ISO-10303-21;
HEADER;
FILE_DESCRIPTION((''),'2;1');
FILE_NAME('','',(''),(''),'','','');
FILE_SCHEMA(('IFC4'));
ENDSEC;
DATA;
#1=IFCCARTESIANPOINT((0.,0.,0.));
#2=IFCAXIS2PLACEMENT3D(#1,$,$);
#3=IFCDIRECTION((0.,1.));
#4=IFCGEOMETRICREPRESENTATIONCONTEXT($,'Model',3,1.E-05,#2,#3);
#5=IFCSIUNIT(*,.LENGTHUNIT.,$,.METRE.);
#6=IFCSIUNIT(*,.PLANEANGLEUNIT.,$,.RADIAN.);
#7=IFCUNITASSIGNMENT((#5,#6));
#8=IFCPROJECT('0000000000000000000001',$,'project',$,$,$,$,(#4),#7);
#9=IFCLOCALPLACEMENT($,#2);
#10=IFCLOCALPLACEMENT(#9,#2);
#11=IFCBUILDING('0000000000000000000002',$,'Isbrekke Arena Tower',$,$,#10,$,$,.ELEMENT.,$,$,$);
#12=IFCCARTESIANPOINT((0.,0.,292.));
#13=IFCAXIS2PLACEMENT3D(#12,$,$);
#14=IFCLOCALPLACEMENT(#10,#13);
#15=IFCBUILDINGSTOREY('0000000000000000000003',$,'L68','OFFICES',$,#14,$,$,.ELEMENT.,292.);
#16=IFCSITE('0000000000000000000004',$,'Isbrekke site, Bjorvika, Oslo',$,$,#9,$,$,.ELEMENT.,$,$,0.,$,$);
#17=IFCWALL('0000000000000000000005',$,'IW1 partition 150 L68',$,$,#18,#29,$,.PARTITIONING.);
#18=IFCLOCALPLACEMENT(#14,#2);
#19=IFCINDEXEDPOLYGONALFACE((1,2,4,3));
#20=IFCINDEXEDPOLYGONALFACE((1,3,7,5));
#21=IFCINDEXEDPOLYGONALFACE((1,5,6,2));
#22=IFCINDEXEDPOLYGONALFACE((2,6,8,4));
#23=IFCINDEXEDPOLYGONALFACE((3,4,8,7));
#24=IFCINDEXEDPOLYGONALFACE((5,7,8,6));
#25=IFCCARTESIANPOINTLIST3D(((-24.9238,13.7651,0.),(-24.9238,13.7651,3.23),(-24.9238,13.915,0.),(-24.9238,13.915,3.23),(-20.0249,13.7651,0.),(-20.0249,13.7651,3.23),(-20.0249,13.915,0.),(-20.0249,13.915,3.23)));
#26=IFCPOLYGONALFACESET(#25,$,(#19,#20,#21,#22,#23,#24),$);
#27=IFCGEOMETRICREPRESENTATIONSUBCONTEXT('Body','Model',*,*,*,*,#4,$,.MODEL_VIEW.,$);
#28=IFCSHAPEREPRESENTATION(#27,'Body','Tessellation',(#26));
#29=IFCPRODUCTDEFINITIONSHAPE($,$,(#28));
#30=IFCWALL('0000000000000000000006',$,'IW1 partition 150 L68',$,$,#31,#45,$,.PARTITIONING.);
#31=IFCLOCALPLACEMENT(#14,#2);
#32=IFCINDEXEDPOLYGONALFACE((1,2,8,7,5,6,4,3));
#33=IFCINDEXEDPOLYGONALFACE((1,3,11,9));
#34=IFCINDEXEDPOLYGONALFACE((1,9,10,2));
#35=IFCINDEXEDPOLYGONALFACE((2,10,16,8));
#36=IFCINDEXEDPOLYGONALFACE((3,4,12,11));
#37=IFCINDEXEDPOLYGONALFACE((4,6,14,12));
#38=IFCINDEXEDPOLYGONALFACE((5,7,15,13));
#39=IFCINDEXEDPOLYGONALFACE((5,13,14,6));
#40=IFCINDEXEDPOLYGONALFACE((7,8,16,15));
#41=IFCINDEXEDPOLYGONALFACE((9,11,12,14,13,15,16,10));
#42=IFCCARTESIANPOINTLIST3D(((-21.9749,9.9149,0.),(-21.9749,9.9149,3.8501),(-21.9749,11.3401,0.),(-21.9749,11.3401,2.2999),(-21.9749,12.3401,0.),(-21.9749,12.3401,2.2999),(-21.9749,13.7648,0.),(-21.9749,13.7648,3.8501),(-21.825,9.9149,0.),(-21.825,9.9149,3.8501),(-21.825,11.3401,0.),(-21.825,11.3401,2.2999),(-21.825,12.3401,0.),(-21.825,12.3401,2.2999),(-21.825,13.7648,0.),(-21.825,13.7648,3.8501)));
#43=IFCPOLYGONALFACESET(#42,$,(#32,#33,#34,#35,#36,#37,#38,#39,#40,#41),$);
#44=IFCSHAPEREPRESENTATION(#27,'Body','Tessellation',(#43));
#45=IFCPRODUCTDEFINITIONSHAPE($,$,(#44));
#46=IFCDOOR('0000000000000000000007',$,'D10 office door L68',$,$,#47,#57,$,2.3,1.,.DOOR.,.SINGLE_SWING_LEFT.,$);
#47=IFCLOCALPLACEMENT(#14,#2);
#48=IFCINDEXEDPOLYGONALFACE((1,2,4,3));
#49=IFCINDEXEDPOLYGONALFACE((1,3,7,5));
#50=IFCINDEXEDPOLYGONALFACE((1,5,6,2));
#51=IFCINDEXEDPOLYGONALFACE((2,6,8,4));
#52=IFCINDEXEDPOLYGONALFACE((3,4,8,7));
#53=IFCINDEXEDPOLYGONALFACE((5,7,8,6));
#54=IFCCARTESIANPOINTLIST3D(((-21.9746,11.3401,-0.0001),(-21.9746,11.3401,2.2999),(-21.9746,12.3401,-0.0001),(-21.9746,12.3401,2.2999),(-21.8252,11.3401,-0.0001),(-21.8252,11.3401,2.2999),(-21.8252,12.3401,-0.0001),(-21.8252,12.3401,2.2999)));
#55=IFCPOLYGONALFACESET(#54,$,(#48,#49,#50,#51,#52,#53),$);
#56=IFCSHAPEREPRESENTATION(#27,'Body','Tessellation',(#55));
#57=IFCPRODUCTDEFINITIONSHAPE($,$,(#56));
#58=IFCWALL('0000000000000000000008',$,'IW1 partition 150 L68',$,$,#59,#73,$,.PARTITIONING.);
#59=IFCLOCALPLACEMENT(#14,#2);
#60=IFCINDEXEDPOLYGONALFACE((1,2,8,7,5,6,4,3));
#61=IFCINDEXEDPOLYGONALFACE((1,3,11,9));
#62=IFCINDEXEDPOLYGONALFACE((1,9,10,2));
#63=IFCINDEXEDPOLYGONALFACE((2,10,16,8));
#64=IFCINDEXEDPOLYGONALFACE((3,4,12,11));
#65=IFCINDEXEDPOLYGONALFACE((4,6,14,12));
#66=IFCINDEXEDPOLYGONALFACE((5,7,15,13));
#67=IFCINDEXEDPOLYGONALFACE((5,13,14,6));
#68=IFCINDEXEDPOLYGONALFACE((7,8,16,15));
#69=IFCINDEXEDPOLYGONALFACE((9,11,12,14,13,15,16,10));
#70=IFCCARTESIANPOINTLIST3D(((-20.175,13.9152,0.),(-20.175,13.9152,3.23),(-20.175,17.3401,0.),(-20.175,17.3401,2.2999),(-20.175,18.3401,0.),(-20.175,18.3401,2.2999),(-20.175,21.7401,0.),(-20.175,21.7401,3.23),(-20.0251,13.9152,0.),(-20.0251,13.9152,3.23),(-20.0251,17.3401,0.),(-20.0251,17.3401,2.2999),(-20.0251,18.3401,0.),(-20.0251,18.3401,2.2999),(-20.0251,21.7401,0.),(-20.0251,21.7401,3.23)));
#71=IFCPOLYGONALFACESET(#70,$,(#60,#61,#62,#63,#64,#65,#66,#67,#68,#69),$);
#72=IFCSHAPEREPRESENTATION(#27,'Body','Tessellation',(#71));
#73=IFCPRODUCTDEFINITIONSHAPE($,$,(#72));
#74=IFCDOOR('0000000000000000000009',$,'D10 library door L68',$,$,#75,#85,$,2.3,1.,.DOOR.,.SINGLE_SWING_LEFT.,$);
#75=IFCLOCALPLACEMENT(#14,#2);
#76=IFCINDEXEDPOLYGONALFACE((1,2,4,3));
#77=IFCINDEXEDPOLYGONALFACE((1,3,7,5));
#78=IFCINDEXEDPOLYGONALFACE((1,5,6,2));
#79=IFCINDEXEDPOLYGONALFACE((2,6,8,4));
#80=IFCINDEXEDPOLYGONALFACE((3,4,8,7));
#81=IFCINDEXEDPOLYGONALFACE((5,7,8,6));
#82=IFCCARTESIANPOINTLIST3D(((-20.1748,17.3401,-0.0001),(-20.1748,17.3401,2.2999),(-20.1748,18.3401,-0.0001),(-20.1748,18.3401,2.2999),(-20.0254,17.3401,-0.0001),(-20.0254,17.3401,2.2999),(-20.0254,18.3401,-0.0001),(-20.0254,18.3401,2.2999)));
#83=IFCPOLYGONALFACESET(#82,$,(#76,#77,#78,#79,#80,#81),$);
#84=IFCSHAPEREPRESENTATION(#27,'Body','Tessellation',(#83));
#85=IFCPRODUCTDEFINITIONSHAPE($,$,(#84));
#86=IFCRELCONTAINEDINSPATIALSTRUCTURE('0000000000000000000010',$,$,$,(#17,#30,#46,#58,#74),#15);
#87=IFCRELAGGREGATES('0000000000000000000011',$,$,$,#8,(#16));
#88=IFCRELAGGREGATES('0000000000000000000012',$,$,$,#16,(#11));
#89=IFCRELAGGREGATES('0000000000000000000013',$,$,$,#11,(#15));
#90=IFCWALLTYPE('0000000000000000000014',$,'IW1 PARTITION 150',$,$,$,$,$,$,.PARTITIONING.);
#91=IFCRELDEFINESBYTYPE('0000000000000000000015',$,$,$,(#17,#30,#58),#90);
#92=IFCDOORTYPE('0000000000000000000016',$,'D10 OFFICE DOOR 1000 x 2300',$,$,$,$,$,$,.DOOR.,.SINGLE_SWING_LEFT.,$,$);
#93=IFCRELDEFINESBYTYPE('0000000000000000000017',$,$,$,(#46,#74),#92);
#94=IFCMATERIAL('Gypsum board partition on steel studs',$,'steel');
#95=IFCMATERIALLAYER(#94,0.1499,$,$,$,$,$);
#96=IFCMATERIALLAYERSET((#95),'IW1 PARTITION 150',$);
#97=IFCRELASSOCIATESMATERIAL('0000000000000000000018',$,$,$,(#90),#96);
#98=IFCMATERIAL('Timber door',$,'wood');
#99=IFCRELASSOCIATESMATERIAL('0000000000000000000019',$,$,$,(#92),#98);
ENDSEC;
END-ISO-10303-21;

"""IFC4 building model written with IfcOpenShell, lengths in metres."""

from ifc_helpers import new_model, si_unit, direction, frame, frame_2d, origin, place, context, subcontext, project, spatial, rectangle, extrude, material, layer, layer_set, type_object, element, fill, save


model = new_model("IFC4")

# Units and contexts
model_context = context("Model", 3, precision=1e-05, world=origin(), true_north=direction((0.0, 1.0)))
body_context = subcontext(model_context, "Body", "Model", "MODEL_VIEW")
ifc_project = project(units=[si_unit("LENGTHUNIT", "METRE"), si_unit("PLANEANGLEUNIT", "RADIAN")], contexts=[model_context])

# Site, building, storey
site_placement = place(None, origin())
site = spatial("IfcSite", under=ifc_project, at=site_placement, Name="Isbrekke site, Bjorvika, Oslo", CompositionType="ELEMENT", RefElevation=0.0)
building_placement = place(site_placement, origin())
building = spatial("IfcBuilding", under=site, at=building_placement, Name="Isbrekke Arena Tower", CompositionType="ELEMENT")
storey_placement = place(building_placement, frame((0.0, 0.0, 292.0)))
storey = spatial("IfcBuildingStorey", under=building, at=storey_placement, Name="L68", Description="OFFICES", CompositionType="ELEMENT", Elevation=292.0)

# Wall
ifc_material_1 = material(Name="Gypsum board partition on steel studs", Category="steel")
ifc_layer_1 = layer(ifc_material_1, 0.1499)
ifc_layer_set_1 = layer_set([ifc_layer_1], Name="IW1 PARTITION 150")
wall_type = type_object("IfcWallType", Name="IW1 PARTITION 150", PredefinedType="PARTITIONING", material=ifc_layer_set_1)
wall_1_placement = place(storey_placement, frame((-24.9238, 13.8401, 0.0), z_axis=(0.0, 0.0, 1.0), x_axis=(1.0, 0.0, 0.0)))
element("IfcWall", 1, at=wall_1_placement, inside=storey, type_object=wall_type, Name="IW1 partition 150 L68", PredefinedType="PARTITIONING", context=body_context, shape_type="SweptSolid", body=[
    extrude(rectangle(XDim=4.8989, YDim=0.1499, at=frame_2d((2.4495, 0.0))), origin(), (0.0, 0.0, 1.0), 3.23),
])

# Walls, openings, doors
wall_2_placement = place(storey_placement, frame((-21.8999, 9.915, 0.0), z_axis=(0.0, 0.0, 1.0), x_axis=(0.0, 1.0, 0.0)))
wall_2 = element("IfcWall", 2, at=wall_2_placement, inside=storey, type_object=wall_type, Name="IW1 partition 150 L68", PredefinedType="PARTITIONING", context=body_context, shape_type="SweptSolid", body=[
    extrude(rectangle(XDim=3.8499, YDim=0.1499, at=frame_2d((1.9248, 0.0))), origin(), (0.0, 0.0, 1.0), 3.8501),
])
opening_1_placement = place(wall_2_placement, frame((1.425, 0.0, 0.0)))
opening_1 = element("IfcOpeningElement", 3, at=opening_1_placement, cuts=wall_2, PredefinedType="OPENING", context=body_context, shape_type="SweptSolid", body=[
    extrude(rectangle(XDim=1.0, YDim=2.3, at=frame_2d((0.5, 1.1499))), frame((0.0, 0.0898, 0.0), z_axis=(0.0, -1.0, 0.0), x_axis=(1.0, 0.0, 0.0)), (0.0, 0.0, 1.0), 0.1797),
])
ifc_material_2 = material(Name="Timber door", Category="wood")
door_type = type_object("IfcDoorType", Name="D10 OFFICE DOOR 1000 x 2300", OperationType="SINGLE_SWING_LEFT", PredefinedType="DOOR", material=ifc_material_2)
door_1_placement = place(opening_1_placement, origin())
door_1 = element("IfcDoor", 4, at=door_1_placement, inside=storey, type_object=door_type, Name="D10 office door L68", OperationType="SINGLE_SWING_LEFT", OverallHeight=2.3, OverallWidth=1.0, PredefinedType="DOOR", context=body_context, shape_type="SweptSolid", body=[
    extrude(rectangle(XDim=1.0, YDim=2.3, at=frame_2d((0.5, 1.1499))), frame((0.0, 0.0747, 0.0), z_axis=(0.0, -1.0, 0.0), x_axis=(1.0, 0.0, 0.0)), (0.0, 0.0, 1.0), 0.1494),
])
fill(opening_1, door_1)
wall_3_placement = place(storey_placement, frame((-20.1001, 13.915, 0.0), z_axis=(0.0, 0.0, 1.0), x_axis=(0.0, 1.0, 0.0)))
wall_3 = element("IfcWall", 5, at=wall_3_placement, inside=storey, type_object=wall_type, Name="IW1 partition 150 L68", PredefinedType="PARTITIONING", context=body_context, shape_type="SweptSolid", body=[
    extrude(rectangle(XDim=7.825, YDim=0.1499, at=frame_2d((3.9126, 0.0))), origin(), (0.0, 0.0, 1.0), 3.23),
])
opening_2_placement = place(wall_3_placement, frame((3.425, 0.0, 0.0)))
opening_2 = element("IfcOpeningElement", 6, at=opening_2_placement, cuts=wall_3, PredefinedType="OPENING", context=body_context, shape_type="SweptSolid", body=[
    extrude(rectangle(XDim=1.0, YDim=2.3, at=frame_2d((0.5, 1.1499))), frame((0.0, 0.0898, 0.0), z_axis=(0.0, -1.0, 0.0), x_axis=(1.0, 0.0, 0.0)), (0.0, 0.0, 1.0), 0.1797),
])
door_2_placement = place(opening_2_placement, origin())
door_2 = element("IfcDoor", 7, at=door_2_placement, inside=storey, type_object=door_type, Name="D10 library door L68", OperationType="SINGLE_SWING_LEFT", OverallHeight=2.3, OverallWidth=1.0, PredefinedType="DOOR", context=body_context, shape_type="SweptSolid", body=[
    extrude(rectangle(XDim=1.0, YDim=2.3, at=frame_2d((0.5, 1.1499))), frame((0.0, 0.0747, 0.0), z_axis=(0.0, -1.0, 0.0), x_axis=(1.0, 0.0, 0.0)), (0.0, 0.0, 1.0), 0.1494),
])
fill(opening_2, door_2)

save(model, "model.ifc")
